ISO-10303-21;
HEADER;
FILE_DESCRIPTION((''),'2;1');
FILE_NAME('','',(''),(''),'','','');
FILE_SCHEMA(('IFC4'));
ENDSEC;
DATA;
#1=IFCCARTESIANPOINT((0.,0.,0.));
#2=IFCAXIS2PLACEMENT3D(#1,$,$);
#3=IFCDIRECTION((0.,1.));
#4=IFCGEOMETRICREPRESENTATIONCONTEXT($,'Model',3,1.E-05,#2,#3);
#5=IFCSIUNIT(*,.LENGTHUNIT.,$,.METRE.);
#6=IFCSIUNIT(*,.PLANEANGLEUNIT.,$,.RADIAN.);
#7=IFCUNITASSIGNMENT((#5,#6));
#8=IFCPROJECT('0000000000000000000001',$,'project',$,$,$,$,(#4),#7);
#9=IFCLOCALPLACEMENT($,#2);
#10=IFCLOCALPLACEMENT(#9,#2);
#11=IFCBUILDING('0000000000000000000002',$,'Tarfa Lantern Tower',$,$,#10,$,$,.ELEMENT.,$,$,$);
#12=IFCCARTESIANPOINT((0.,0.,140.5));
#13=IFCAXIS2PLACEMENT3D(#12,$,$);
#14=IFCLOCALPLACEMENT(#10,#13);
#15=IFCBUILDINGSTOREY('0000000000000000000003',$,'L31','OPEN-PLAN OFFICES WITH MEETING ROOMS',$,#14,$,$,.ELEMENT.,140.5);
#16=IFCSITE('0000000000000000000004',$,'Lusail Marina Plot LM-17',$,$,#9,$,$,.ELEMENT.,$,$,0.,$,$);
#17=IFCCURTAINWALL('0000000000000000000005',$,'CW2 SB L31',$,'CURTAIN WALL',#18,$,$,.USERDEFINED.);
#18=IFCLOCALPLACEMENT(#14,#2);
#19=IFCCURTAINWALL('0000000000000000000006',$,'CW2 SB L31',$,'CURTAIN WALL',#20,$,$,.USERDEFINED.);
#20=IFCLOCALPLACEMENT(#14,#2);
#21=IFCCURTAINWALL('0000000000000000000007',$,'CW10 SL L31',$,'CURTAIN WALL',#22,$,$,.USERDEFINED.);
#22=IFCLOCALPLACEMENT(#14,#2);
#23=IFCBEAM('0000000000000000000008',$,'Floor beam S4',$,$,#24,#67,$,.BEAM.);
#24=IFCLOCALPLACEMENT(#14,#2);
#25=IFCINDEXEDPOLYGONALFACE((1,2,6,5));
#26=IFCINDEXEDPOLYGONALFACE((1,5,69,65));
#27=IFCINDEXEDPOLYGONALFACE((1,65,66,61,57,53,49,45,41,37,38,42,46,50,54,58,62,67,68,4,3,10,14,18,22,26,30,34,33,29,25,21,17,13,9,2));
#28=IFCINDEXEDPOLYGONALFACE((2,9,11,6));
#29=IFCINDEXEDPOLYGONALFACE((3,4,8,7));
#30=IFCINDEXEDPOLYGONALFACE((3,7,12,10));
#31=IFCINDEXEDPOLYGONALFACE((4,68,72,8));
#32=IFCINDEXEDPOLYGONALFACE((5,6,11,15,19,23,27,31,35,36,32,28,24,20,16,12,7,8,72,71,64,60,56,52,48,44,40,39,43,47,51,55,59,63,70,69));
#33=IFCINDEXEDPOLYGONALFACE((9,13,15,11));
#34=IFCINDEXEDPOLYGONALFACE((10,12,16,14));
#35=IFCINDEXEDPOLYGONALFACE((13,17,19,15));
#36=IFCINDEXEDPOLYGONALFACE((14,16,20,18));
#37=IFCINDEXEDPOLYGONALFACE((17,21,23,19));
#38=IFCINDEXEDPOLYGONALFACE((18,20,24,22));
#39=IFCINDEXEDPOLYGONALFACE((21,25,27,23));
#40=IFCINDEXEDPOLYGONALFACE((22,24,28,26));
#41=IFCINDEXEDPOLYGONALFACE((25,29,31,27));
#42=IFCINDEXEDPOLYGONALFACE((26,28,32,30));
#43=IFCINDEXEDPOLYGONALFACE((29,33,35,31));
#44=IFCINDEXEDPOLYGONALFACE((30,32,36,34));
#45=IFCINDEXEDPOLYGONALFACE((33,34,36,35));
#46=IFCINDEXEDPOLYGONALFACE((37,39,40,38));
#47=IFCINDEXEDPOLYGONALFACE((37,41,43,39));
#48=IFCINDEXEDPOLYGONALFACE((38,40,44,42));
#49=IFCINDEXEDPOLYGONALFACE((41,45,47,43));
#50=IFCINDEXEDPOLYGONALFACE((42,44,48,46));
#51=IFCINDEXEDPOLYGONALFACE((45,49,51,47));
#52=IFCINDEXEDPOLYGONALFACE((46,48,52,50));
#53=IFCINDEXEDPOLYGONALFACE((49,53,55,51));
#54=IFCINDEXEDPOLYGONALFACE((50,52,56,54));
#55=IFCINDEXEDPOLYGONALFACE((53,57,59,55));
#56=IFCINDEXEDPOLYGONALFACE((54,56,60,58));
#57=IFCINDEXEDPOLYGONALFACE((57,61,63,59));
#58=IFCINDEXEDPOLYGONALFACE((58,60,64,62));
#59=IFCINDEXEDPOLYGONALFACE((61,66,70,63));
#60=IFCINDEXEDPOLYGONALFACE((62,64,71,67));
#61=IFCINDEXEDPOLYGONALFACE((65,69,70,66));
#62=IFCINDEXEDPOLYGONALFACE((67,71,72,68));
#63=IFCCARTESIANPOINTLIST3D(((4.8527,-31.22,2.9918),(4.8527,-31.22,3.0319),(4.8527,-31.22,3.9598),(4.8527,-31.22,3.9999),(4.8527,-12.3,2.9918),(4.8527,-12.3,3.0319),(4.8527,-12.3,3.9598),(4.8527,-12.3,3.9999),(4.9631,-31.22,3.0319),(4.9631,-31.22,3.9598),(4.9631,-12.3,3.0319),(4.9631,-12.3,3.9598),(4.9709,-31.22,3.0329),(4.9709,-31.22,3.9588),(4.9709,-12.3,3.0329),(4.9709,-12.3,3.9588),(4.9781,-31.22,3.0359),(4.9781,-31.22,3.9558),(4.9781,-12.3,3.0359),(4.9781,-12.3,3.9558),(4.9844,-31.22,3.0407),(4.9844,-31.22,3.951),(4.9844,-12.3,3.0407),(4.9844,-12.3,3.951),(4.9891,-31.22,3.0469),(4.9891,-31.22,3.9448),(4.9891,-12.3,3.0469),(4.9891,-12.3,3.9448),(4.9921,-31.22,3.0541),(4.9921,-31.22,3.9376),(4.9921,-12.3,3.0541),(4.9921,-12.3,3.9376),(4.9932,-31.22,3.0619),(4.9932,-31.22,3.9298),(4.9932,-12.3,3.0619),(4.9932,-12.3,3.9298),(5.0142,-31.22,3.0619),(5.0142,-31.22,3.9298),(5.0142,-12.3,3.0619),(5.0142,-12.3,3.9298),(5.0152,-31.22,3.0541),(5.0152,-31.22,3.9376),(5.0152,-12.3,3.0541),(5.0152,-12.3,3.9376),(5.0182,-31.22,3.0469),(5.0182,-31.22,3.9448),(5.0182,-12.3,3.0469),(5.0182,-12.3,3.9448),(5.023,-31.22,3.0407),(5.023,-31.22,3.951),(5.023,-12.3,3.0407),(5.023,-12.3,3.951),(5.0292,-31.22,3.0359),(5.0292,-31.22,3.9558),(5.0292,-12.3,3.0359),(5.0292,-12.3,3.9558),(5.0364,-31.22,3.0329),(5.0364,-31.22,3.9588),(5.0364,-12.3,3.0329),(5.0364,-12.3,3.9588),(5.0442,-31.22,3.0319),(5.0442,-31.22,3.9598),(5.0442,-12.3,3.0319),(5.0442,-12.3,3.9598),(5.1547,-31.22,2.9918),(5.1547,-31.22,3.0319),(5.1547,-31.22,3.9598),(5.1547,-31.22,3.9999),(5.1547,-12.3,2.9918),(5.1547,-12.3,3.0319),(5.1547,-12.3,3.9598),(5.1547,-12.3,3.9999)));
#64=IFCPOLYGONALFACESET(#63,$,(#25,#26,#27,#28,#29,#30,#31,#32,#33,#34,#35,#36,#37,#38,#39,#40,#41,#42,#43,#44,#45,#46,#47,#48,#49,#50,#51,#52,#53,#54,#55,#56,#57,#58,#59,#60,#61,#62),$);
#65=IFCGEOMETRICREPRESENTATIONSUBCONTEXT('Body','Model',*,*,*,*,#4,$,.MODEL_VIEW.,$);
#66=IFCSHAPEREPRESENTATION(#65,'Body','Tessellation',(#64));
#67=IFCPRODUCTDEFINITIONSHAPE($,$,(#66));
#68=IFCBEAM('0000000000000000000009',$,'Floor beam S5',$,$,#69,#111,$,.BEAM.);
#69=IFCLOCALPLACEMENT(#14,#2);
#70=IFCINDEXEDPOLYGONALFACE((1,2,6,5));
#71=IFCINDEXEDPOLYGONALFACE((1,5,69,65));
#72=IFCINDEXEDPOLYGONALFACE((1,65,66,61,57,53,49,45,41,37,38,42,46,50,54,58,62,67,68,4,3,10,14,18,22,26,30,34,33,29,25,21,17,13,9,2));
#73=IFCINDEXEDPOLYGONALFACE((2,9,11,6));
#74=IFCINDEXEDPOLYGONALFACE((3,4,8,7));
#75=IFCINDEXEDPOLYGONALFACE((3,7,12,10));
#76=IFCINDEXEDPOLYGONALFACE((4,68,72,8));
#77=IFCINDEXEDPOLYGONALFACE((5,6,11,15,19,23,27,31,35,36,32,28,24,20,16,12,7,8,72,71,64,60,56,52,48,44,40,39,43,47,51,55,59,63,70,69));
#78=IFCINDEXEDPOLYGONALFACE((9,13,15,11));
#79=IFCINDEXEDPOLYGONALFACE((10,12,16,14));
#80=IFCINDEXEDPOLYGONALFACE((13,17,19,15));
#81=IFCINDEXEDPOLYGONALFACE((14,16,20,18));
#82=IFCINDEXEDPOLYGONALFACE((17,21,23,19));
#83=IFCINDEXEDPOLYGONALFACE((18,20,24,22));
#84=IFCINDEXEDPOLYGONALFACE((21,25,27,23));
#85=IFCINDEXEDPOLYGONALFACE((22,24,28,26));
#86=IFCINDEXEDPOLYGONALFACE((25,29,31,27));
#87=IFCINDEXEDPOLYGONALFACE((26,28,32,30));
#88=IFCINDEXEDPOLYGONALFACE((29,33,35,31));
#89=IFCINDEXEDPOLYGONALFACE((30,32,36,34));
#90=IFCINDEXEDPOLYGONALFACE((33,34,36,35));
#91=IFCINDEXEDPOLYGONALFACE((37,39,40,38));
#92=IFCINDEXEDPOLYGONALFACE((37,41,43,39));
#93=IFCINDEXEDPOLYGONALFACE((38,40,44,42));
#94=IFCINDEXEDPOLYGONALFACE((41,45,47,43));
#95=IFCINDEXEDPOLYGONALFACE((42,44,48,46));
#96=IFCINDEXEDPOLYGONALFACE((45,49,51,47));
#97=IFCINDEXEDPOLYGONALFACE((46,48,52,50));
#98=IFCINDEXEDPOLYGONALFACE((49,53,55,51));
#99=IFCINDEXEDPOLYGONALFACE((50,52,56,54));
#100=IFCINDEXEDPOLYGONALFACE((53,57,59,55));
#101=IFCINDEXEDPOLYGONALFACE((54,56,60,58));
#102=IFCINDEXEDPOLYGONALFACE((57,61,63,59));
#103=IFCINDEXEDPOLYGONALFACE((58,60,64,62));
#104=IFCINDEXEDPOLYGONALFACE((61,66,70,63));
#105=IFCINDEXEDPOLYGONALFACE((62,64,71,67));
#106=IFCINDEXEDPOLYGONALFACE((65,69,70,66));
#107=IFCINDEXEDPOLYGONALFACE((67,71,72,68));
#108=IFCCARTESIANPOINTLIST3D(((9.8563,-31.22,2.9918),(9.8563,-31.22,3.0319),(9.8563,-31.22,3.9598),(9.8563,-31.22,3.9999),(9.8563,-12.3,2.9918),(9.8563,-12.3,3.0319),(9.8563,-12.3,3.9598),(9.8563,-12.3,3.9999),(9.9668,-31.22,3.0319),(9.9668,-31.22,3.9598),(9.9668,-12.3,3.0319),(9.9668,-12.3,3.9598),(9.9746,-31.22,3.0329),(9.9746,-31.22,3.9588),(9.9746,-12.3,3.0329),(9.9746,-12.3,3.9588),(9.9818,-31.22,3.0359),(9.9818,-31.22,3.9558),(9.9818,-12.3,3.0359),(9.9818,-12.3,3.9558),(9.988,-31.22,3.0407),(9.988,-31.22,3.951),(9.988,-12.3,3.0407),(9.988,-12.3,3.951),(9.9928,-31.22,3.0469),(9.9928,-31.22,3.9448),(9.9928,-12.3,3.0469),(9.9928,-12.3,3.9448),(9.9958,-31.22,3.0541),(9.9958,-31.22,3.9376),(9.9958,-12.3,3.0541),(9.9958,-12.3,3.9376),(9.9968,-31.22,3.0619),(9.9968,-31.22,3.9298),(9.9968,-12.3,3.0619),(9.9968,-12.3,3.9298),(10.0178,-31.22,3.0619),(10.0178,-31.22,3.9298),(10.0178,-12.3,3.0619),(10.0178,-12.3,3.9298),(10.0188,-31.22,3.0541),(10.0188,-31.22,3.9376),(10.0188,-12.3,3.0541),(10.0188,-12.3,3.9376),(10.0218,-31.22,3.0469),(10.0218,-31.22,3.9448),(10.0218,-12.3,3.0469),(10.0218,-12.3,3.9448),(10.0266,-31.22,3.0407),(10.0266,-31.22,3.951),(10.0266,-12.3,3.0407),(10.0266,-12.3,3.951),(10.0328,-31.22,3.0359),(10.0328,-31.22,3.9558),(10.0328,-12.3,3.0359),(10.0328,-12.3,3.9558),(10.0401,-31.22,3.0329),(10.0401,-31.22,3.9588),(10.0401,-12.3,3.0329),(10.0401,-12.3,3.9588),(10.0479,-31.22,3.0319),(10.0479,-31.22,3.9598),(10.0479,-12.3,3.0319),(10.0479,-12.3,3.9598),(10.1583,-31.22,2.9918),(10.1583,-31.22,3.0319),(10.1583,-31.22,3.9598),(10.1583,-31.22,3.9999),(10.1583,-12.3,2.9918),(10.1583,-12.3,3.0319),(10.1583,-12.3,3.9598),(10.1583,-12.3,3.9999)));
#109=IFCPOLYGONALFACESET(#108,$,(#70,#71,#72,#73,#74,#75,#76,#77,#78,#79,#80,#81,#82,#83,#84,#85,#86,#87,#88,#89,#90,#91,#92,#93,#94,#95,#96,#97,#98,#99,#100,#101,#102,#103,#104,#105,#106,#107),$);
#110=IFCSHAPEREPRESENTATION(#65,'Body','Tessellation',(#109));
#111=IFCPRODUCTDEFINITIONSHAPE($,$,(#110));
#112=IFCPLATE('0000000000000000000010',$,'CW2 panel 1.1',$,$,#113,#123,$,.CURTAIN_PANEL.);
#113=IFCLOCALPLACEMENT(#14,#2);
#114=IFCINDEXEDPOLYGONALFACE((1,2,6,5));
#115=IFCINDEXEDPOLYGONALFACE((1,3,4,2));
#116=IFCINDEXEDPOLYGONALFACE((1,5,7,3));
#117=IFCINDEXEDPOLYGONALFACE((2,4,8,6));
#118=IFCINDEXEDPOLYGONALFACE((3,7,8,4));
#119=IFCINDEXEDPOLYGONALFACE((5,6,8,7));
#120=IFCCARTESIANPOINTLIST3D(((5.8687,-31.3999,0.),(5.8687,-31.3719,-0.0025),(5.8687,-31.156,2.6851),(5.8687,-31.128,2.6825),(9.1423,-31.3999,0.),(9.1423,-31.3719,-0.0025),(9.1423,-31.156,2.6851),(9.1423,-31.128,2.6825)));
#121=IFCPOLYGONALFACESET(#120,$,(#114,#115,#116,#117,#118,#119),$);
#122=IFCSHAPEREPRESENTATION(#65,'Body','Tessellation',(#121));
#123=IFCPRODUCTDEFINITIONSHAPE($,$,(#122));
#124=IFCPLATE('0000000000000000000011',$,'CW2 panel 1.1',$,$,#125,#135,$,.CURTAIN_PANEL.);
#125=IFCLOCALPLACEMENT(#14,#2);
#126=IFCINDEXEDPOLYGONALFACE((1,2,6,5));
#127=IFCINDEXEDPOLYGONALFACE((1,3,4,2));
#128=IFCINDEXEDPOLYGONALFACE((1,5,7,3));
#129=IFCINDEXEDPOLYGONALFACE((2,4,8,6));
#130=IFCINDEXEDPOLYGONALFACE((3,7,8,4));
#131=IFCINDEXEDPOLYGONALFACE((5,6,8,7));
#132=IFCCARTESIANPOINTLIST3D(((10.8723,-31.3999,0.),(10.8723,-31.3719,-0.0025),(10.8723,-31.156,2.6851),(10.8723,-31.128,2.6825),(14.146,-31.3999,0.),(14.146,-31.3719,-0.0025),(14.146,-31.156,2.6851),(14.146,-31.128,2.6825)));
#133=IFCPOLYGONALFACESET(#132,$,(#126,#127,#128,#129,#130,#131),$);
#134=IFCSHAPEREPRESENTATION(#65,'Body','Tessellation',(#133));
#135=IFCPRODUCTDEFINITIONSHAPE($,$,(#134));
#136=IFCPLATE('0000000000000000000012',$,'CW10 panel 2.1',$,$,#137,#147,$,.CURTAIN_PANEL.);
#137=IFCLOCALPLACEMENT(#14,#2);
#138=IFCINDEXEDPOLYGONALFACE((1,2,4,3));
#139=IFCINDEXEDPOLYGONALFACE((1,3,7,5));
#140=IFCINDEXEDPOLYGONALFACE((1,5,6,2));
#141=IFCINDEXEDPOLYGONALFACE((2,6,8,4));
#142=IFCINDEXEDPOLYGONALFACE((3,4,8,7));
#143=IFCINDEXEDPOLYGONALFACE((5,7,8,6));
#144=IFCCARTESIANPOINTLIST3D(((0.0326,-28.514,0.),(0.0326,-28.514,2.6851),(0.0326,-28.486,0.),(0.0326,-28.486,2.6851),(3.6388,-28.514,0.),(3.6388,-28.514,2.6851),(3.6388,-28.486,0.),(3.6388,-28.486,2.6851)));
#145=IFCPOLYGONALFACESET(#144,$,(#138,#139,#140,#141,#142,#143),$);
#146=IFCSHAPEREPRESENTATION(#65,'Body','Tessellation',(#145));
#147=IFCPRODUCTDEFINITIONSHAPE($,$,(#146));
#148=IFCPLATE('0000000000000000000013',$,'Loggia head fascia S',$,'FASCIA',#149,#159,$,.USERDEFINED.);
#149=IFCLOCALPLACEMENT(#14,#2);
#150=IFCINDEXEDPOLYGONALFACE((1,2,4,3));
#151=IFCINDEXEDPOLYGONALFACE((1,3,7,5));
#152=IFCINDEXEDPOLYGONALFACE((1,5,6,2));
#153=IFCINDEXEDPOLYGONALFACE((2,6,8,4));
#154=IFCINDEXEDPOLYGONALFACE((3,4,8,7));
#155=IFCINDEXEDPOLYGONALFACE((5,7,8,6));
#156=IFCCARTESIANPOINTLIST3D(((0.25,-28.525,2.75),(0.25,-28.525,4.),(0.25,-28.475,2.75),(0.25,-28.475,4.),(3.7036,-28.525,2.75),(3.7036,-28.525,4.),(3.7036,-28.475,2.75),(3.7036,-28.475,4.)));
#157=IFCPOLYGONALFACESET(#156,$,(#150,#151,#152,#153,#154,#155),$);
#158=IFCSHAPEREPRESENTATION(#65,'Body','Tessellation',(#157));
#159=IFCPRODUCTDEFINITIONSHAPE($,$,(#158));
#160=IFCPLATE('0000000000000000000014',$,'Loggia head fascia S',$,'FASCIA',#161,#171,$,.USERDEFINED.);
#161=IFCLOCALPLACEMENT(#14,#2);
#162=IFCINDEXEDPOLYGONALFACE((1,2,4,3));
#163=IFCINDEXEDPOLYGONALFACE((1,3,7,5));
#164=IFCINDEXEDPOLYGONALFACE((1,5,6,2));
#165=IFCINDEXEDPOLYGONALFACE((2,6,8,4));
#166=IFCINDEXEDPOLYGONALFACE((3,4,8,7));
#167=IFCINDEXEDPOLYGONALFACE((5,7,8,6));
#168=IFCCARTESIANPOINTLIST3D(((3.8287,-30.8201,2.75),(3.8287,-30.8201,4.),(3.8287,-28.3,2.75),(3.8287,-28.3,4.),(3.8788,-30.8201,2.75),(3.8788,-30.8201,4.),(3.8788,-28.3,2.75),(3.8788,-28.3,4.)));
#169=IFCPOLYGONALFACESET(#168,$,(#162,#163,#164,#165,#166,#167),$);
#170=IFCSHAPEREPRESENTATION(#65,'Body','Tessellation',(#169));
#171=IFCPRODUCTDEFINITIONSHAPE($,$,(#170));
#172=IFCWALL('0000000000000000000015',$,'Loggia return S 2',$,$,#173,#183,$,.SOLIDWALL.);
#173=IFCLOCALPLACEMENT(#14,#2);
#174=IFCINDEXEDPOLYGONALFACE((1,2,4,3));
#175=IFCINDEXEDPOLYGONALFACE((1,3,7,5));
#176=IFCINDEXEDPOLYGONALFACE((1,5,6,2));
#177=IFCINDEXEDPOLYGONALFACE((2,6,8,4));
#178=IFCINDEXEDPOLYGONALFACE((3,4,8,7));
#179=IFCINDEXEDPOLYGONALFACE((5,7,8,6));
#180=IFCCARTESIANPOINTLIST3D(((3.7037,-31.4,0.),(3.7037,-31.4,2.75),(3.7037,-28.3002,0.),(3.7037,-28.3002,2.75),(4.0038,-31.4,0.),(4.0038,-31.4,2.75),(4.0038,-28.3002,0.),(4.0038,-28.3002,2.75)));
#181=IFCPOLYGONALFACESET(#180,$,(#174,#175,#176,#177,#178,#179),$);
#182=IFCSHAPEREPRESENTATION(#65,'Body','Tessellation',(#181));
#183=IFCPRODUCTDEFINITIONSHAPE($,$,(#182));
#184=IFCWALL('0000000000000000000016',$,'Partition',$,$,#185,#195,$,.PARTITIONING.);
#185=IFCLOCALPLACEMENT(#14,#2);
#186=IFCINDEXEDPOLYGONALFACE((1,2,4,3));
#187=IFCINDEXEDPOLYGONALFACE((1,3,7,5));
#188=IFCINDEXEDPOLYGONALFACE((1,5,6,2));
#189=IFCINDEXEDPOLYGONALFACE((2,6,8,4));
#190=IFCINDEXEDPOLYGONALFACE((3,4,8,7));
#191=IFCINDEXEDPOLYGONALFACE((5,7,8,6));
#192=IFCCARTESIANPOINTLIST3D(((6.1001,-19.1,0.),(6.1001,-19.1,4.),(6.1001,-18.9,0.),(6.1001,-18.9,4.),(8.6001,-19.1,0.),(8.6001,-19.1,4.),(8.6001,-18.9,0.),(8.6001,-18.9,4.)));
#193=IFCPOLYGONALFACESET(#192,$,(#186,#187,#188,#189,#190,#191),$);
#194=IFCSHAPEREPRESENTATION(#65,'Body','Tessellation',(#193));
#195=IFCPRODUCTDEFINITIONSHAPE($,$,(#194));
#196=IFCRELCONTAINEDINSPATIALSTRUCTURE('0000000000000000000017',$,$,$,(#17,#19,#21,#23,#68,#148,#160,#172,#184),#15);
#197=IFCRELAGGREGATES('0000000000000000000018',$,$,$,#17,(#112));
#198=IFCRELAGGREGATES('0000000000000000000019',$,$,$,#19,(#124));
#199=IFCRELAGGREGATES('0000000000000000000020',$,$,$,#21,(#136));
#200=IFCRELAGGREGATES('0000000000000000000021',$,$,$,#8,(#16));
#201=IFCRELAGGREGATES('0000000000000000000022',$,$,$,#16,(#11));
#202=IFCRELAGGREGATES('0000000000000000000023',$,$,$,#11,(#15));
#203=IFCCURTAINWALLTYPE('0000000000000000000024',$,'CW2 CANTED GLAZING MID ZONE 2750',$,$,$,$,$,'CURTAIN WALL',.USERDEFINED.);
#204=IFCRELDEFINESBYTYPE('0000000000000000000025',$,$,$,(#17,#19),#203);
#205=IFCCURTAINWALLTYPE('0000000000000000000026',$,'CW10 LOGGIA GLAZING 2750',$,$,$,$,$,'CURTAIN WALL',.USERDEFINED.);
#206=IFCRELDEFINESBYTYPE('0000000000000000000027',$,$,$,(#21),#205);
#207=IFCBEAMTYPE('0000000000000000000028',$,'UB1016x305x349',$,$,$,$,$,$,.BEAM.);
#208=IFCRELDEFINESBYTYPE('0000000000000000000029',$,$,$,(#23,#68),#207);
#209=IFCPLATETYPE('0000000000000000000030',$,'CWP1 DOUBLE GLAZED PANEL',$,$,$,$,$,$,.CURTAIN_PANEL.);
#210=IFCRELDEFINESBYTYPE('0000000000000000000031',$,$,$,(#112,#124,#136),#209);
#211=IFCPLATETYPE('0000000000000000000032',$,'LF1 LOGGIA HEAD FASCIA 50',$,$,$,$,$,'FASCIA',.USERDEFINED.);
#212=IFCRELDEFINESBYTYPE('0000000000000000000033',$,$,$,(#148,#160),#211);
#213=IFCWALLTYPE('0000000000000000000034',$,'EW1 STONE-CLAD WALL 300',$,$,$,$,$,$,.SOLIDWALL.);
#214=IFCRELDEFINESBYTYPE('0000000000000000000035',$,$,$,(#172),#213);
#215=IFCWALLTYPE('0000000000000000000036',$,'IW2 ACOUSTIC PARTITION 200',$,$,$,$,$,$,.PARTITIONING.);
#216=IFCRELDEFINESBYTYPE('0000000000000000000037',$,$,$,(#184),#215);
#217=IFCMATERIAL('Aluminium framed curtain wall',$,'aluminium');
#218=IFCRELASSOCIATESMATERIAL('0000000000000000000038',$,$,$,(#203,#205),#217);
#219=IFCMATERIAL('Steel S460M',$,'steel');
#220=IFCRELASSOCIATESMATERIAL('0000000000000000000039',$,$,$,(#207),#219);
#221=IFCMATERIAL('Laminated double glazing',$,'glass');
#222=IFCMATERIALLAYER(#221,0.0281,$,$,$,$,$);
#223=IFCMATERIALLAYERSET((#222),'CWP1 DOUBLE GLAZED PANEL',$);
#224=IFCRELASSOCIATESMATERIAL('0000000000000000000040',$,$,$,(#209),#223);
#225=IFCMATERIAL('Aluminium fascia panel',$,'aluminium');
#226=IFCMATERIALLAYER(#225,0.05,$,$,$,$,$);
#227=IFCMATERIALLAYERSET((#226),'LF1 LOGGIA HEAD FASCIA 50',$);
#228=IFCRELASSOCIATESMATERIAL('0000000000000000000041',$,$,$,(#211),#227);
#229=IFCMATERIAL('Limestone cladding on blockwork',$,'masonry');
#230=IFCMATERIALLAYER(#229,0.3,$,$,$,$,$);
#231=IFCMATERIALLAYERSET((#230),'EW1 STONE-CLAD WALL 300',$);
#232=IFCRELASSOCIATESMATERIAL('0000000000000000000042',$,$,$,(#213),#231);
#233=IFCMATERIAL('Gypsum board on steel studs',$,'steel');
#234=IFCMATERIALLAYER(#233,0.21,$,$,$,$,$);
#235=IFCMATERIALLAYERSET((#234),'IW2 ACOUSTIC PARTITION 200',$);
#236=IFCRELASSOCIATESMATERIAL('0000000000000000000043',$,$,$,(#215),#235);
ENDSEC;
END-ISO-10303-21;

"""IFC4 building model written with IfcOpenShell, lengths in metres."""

from ifc_helpers import new_model, si_unit, direction, frame, frame_2d, origin, origin_2d, place, context, subcontext, project, spatial, polyline, rectangle, i_section, outline, extrude, material, layer, layer_set, material_profile, profile_set, type_object, element, aggregate, save


model = new_model("IFC4")

# Units and contexts
model_context = context("Model", 3, precision=1e-05, world=origin(), true_north=direction((0.0, 1.0)))
body_context = subcontext(model_context, "Body", "Model", "MODEL_VIEW")
ifc_project = project(units=[si_unit("LENGTHUNIT", "METRE"), si_unit("PLANEANGLEUNIT", "RADIAN")], contexts=[model_context])

# Site, building, storey
site_placement = place(None, origin())
site = spatial("IfcSite", under=ifc_project, at=site_placement, Name="Lusail Marina Plot LM-17", CompositionType="ELEMENT", RefElevation=0.0)
building_placement = place(site_placement, origin())
building = spatial("IfcBuilding", under=site, at=building_placement, Name="Tarfa Lantern Tower", CompositionType="ELEMENT")
storey_placement = place(building_placement, frame((0.0, 0.0, 140.5)))
storey = spatial("IfcBuildingStorey", under=building, at=storey_placement, Name="L31", Description="OPEN-PLAN OFFICES WITH MEETING ROOMS", CompositionType="ELEMENT", Elevation=140.5)

# Curtain wall
ifc_material_1 = material(Name="Aluminium framed curtain wall", Category="aluminium")
curtain_wall_type_1 = type_object("IfcCurtainWallType", Name="CW2 CANTED GLAZING MID ZONE 2750", ElementType="CURTAIN WALL", PredefinedType="USERDEFINED", material=ifc_material_1)
curtain_wall_1_placement = place(storey_placement, origin())
curtain_wall_1 = element("IfcCurtainWall", 1, at=curtain_wall_1_placement, inside=storey, type_object=curtain_wall_type_1, Name="CW2 SB L31", ObjectType="CURTAIN WALL", PredefinedType="USERDEFINED")

# Curtain walls
curtain_wall_2_placement = place(storey_placement, origin())
curtain_wall_2 = element("IfcCurtainWall", 2, at=curtain_wall_2_placement, inside=storey, type_object=curtain_wall_type_1, Name="CW2 SB L31", ObjectType="CURTAIN WALL", PredefinedType="USERDEFINED")
curtain_wall_type_2 = type_object("IfcCurtainWallType", Name="CW10 LOGGIA GLAZING 2750", ElementType="CURTAIN WALL", PredefinedType="USERDEFINED", material=ifc_material_1)
curtain_wall_3_placement = place(storey_placement, origin())
curtain_wall_3 = element("IfcCurtainWall", 3, at=curtain_wall_3_placement, inside=storey, type_object=curtain_wall_type_2, Name="CW10 SL L31", ObjectType="CURTAIN WALL", PredefinedType="USERDEFINED")

# Beams
ifc_material_2 = material(Name="Steel S460M", Category="steel")
ifc_material_profile_1 = material_profile(ifc_material_2, i_section(OverallWidth=0.302, OverallDepth=1.0081, WebThickness=0.021, FlangeThickness=0.04, FilletRadius=0.03, at=origin_2d()), Name="UB1016x305x349")
ifc_profile_set_1 = profile_set([ifc_material_profile_1], Name="Steel S460M")
beam_type_1 = type_object("IfcBeamType", Name="UB1016x305x349", PredefinedType="BEAM", material=ifc_profile_set_1)
for number, where, z_axis, x_axis, name in (
    (4, (5.0037, -31.22, 3.4958), (0.0, 1.0, 0.0), (-1.0, 0.0, 0.0), "Floor beam S4"),
    (5, (10.0073, -31.22, 3.4958), (0.0, 1.0, 0.0), (-1.0, 0.0, 0.0), "Floor beam S5"),
):
    element("IfcBeam", number, at=place(storey_placement, frame(where, z_axis=z_axis, x_axis=x_axis)), inside=storey, type_object=beam_type_1, Name=name, PredefinedType="BEAM", context=body_context, shape_type="SweptSolid", body=[
        extrude(i_section(OverallWidth=0.302, OverallDepth=1.0081, WebThickness=0.021, FlangeThickness=0.04, FilletRadius=0.03, at=origin_2d()), origin(), (0.0, 0.0, 1.0), 18.9199),
    ])

# Plates
ifc_material_3 = material(Name="Laminated double glazing", Category="glass")
ifc_layer_1 = layer(ifc_material_3, 0.0281)
ifc_layer_set_1 = layer_set([ifc_layer_1], Name="CWP1 DOUBLE GLAZED PANEL")
plate_type_1 = type_object("IfcPlateType", Name="CWP1 DOUBLE GLAZED PANEL", PredefinedType="CURTAIN_PANEL", material=ifc_layer_set_1)
plate_1_placement = place(storey_placement, frame((5.8687, -31.3999, 0.0), z_axis=(0.0, -0.9959, 0.090462), x_axis=(1.0, 0.0, 0.0)))
plate_1 = element("IfcPlate", 6, at=plate_1_placement, type_object=plate_type_1, Name="CW2 panel 1.1", PredefinedType="CURTAIN_PANEL", context=body_context, shape_type="SweptSolid", body=[
    extrude(outline(polyline([(0.0, 0.0), (3.2737, 0.0), (3.2737, 2.6961), (0.0, 2.6961), (0.0, 0.0)])), origin(), (0.0, 0.0, -1.0), 0.0281),
])
aggregate(curtain_wall_1, [plate_1])
plate_2_placement = place(storey_placement, frame((10.8723, -31.3999, 0.0), z_axis=(0.0, -0.9959, 0.090462), x_axis=(1.0, 0.0, 0.0)))
plate_2 = element("IfcPlate", 7, at=plate_2_placement, type_object=plate_type_1, Name="CW2 panel 1.1", PredefinedType="CURTAIN_PANEL", context=body_context, shape_type="SweptSolid", body=[
    extrude(outline(polyline([(0.0, 0.0), (3.2737, 0.0), (3.2737, 2.6961), (0.0, 2.6961), (0.0, 0.0)])), origin(), (0.0, 0.0, -1.0), 0.0281),
])
aggregate(curtain_wall_2, [plate_2])
plate_3_placement = place(storey_placement, frame((1.8357, -28.5, 0.0), z_axis=(0.0, 0.0, 1.0), x_axis=(1.0, 0.0, 0.0)))
plate_3 = element("IfcPlate", 8, at=plate_3_placement, type_object=plate_type_1, Name="CW10 panel 2.1", PredefinedType="CURTAIN_PANEL", context=body_context, shape_type="SweptSolid", body=[
    extrude(rectangle(XDim=3.6062, YDim=0.0281, at=origin_2d()), origin(), (0.0, 0.0, 1.0), 2.6851),
])
aggregate(curtain_wall_3, [plate_3])

# Plates
ifc_material_4 = material(Name="Aluminium fascia panel", Category="aluminium")
ifc_layer_2 = layer(ifc_material_4, 0.05)
ifc_layer_set_2 = layer_set([ifc_layer_2], Name="LF1 LOGGIA HEAD FASCIA 50")
plate_type_2 = type_object("IfcPlateType", Name="LF1 LOGGIA HEAD FASCIA 50", ElementType="FASCIA", PredefinedType="USERDEFINED", material=ifc_layer_set_2)
plate_4_placement = place(storey_placement, frame((1.9768, -28.5, 2.75), z_axis=(0.0, 0.0, 1.0), x_axis=(1.0, 0.0, 0.0)))
element("IfcPlate", 9, at=plate_4_placement, inside=storey, type_object=plate_type_2, Name="Loggia head fascia S", ObjectType="FASCIA", PredefinedType="USERDEFINED", context=body_context, shape_type="SweptSolid", body=[
    extrude(rectangle(XDim=3.4536, YDim=0.05, at=origin_2d()), origin(), (0.0, 0.0, 1.0), 1.25),
])
plate_5_placement = place(storey_placement, frame((3.8538, -29.5601, 2.75), z_axis=(0.0, 0.0, 1.0), x_axis=(0.0, 1.0, 0.0)))
element("IfcPlate", 10, at=plate_5_placement, inside=storey, type_object=plate_type_2, Name="Loggia head fascia S", ObjectType="FASCIA", PredefinedType="USERDEFINED", context=body_context, shape_type="SweptSolid", body=[
    extrude(rectangle(XDim=2.52, YDim=0.05, at=origin_2d()), origin(), (0.0, 0.0, 1.0), 1.25),
])

# Walls
ifc_material_5 = material(Name="Limestone cladding on blockwork", Category="masonry")
ifc_layer_3 = layer(ifc_material_5, 0.3)
ifc_layer_set_3 = layer_set([ifc_layer_3], Name="EW1 STONE-CLAD WALL 300")
wall_type_1 = type_object("IfcWallType", Name="EW1 STONE-CLAD WALL 300", PredefinedType="SOLIDWALL", material=ifc_layer_set_3)
wall_placement = place(storey_placement, frame((3.8538, -31.3999, 0.0), z_axis=(0.0, 0.0, 1.0), x_axis=(0.0, 1.0, 0.0)))
element("IfcWall", 11, at=wall_placement, inside=storey, type_object=wall_type_1, Name="Loggia return S 2", PredefinedType="SOLIDWALL", context=body_context, shape_type="SweptSolid", body=[
    extrude(rectangle(XDim=3.0999, YDim=0.3, at=frame_2d((1.5498, 0.0))), origin(), (0.0, 0.0, 1.0), 2.75),
])
ifc_material_6 = material(Name="Gypsum board on steel studs", Category="steel")
ifc_layer_4 = layer(ifc_material_6, 0.21)
ifc_layer_set_4 = layer_set([ifc_layer_4], Name="IW2 ACOUSTIC PARTITION 200")
wall_type_2 = type_object("IfcWallType", Name="IW2 ACOUSTIC PARTITION 200", PredefinedType="PARTITIONING", material=ifc_layer_set_4)
for number, where, z_axis, x_axis, name in (
    (12, (8.6001, -19.0, 0.0), (0.0, 0.0, 1.0), (-1.0, 0.0, 0.0), "Partition"),
):
    element("IfcWall", number, at=place(storey_placement, frame(where, z_axis=z_axis, x_axis=x_axis)), inside=storey, type_object=wall_type_2, Name=name, PredefinedType="PARTITIONING", context=body_context, shape_type="SweptSolid", body=[
        extrude(rectangle(XDim=2.5, YDim=0.2, at=frame_2d((1.25, 0.0))), origin(), (0.0, 0.0, 1.0), 4.0),
    ])

save(model, "model.ifc")
